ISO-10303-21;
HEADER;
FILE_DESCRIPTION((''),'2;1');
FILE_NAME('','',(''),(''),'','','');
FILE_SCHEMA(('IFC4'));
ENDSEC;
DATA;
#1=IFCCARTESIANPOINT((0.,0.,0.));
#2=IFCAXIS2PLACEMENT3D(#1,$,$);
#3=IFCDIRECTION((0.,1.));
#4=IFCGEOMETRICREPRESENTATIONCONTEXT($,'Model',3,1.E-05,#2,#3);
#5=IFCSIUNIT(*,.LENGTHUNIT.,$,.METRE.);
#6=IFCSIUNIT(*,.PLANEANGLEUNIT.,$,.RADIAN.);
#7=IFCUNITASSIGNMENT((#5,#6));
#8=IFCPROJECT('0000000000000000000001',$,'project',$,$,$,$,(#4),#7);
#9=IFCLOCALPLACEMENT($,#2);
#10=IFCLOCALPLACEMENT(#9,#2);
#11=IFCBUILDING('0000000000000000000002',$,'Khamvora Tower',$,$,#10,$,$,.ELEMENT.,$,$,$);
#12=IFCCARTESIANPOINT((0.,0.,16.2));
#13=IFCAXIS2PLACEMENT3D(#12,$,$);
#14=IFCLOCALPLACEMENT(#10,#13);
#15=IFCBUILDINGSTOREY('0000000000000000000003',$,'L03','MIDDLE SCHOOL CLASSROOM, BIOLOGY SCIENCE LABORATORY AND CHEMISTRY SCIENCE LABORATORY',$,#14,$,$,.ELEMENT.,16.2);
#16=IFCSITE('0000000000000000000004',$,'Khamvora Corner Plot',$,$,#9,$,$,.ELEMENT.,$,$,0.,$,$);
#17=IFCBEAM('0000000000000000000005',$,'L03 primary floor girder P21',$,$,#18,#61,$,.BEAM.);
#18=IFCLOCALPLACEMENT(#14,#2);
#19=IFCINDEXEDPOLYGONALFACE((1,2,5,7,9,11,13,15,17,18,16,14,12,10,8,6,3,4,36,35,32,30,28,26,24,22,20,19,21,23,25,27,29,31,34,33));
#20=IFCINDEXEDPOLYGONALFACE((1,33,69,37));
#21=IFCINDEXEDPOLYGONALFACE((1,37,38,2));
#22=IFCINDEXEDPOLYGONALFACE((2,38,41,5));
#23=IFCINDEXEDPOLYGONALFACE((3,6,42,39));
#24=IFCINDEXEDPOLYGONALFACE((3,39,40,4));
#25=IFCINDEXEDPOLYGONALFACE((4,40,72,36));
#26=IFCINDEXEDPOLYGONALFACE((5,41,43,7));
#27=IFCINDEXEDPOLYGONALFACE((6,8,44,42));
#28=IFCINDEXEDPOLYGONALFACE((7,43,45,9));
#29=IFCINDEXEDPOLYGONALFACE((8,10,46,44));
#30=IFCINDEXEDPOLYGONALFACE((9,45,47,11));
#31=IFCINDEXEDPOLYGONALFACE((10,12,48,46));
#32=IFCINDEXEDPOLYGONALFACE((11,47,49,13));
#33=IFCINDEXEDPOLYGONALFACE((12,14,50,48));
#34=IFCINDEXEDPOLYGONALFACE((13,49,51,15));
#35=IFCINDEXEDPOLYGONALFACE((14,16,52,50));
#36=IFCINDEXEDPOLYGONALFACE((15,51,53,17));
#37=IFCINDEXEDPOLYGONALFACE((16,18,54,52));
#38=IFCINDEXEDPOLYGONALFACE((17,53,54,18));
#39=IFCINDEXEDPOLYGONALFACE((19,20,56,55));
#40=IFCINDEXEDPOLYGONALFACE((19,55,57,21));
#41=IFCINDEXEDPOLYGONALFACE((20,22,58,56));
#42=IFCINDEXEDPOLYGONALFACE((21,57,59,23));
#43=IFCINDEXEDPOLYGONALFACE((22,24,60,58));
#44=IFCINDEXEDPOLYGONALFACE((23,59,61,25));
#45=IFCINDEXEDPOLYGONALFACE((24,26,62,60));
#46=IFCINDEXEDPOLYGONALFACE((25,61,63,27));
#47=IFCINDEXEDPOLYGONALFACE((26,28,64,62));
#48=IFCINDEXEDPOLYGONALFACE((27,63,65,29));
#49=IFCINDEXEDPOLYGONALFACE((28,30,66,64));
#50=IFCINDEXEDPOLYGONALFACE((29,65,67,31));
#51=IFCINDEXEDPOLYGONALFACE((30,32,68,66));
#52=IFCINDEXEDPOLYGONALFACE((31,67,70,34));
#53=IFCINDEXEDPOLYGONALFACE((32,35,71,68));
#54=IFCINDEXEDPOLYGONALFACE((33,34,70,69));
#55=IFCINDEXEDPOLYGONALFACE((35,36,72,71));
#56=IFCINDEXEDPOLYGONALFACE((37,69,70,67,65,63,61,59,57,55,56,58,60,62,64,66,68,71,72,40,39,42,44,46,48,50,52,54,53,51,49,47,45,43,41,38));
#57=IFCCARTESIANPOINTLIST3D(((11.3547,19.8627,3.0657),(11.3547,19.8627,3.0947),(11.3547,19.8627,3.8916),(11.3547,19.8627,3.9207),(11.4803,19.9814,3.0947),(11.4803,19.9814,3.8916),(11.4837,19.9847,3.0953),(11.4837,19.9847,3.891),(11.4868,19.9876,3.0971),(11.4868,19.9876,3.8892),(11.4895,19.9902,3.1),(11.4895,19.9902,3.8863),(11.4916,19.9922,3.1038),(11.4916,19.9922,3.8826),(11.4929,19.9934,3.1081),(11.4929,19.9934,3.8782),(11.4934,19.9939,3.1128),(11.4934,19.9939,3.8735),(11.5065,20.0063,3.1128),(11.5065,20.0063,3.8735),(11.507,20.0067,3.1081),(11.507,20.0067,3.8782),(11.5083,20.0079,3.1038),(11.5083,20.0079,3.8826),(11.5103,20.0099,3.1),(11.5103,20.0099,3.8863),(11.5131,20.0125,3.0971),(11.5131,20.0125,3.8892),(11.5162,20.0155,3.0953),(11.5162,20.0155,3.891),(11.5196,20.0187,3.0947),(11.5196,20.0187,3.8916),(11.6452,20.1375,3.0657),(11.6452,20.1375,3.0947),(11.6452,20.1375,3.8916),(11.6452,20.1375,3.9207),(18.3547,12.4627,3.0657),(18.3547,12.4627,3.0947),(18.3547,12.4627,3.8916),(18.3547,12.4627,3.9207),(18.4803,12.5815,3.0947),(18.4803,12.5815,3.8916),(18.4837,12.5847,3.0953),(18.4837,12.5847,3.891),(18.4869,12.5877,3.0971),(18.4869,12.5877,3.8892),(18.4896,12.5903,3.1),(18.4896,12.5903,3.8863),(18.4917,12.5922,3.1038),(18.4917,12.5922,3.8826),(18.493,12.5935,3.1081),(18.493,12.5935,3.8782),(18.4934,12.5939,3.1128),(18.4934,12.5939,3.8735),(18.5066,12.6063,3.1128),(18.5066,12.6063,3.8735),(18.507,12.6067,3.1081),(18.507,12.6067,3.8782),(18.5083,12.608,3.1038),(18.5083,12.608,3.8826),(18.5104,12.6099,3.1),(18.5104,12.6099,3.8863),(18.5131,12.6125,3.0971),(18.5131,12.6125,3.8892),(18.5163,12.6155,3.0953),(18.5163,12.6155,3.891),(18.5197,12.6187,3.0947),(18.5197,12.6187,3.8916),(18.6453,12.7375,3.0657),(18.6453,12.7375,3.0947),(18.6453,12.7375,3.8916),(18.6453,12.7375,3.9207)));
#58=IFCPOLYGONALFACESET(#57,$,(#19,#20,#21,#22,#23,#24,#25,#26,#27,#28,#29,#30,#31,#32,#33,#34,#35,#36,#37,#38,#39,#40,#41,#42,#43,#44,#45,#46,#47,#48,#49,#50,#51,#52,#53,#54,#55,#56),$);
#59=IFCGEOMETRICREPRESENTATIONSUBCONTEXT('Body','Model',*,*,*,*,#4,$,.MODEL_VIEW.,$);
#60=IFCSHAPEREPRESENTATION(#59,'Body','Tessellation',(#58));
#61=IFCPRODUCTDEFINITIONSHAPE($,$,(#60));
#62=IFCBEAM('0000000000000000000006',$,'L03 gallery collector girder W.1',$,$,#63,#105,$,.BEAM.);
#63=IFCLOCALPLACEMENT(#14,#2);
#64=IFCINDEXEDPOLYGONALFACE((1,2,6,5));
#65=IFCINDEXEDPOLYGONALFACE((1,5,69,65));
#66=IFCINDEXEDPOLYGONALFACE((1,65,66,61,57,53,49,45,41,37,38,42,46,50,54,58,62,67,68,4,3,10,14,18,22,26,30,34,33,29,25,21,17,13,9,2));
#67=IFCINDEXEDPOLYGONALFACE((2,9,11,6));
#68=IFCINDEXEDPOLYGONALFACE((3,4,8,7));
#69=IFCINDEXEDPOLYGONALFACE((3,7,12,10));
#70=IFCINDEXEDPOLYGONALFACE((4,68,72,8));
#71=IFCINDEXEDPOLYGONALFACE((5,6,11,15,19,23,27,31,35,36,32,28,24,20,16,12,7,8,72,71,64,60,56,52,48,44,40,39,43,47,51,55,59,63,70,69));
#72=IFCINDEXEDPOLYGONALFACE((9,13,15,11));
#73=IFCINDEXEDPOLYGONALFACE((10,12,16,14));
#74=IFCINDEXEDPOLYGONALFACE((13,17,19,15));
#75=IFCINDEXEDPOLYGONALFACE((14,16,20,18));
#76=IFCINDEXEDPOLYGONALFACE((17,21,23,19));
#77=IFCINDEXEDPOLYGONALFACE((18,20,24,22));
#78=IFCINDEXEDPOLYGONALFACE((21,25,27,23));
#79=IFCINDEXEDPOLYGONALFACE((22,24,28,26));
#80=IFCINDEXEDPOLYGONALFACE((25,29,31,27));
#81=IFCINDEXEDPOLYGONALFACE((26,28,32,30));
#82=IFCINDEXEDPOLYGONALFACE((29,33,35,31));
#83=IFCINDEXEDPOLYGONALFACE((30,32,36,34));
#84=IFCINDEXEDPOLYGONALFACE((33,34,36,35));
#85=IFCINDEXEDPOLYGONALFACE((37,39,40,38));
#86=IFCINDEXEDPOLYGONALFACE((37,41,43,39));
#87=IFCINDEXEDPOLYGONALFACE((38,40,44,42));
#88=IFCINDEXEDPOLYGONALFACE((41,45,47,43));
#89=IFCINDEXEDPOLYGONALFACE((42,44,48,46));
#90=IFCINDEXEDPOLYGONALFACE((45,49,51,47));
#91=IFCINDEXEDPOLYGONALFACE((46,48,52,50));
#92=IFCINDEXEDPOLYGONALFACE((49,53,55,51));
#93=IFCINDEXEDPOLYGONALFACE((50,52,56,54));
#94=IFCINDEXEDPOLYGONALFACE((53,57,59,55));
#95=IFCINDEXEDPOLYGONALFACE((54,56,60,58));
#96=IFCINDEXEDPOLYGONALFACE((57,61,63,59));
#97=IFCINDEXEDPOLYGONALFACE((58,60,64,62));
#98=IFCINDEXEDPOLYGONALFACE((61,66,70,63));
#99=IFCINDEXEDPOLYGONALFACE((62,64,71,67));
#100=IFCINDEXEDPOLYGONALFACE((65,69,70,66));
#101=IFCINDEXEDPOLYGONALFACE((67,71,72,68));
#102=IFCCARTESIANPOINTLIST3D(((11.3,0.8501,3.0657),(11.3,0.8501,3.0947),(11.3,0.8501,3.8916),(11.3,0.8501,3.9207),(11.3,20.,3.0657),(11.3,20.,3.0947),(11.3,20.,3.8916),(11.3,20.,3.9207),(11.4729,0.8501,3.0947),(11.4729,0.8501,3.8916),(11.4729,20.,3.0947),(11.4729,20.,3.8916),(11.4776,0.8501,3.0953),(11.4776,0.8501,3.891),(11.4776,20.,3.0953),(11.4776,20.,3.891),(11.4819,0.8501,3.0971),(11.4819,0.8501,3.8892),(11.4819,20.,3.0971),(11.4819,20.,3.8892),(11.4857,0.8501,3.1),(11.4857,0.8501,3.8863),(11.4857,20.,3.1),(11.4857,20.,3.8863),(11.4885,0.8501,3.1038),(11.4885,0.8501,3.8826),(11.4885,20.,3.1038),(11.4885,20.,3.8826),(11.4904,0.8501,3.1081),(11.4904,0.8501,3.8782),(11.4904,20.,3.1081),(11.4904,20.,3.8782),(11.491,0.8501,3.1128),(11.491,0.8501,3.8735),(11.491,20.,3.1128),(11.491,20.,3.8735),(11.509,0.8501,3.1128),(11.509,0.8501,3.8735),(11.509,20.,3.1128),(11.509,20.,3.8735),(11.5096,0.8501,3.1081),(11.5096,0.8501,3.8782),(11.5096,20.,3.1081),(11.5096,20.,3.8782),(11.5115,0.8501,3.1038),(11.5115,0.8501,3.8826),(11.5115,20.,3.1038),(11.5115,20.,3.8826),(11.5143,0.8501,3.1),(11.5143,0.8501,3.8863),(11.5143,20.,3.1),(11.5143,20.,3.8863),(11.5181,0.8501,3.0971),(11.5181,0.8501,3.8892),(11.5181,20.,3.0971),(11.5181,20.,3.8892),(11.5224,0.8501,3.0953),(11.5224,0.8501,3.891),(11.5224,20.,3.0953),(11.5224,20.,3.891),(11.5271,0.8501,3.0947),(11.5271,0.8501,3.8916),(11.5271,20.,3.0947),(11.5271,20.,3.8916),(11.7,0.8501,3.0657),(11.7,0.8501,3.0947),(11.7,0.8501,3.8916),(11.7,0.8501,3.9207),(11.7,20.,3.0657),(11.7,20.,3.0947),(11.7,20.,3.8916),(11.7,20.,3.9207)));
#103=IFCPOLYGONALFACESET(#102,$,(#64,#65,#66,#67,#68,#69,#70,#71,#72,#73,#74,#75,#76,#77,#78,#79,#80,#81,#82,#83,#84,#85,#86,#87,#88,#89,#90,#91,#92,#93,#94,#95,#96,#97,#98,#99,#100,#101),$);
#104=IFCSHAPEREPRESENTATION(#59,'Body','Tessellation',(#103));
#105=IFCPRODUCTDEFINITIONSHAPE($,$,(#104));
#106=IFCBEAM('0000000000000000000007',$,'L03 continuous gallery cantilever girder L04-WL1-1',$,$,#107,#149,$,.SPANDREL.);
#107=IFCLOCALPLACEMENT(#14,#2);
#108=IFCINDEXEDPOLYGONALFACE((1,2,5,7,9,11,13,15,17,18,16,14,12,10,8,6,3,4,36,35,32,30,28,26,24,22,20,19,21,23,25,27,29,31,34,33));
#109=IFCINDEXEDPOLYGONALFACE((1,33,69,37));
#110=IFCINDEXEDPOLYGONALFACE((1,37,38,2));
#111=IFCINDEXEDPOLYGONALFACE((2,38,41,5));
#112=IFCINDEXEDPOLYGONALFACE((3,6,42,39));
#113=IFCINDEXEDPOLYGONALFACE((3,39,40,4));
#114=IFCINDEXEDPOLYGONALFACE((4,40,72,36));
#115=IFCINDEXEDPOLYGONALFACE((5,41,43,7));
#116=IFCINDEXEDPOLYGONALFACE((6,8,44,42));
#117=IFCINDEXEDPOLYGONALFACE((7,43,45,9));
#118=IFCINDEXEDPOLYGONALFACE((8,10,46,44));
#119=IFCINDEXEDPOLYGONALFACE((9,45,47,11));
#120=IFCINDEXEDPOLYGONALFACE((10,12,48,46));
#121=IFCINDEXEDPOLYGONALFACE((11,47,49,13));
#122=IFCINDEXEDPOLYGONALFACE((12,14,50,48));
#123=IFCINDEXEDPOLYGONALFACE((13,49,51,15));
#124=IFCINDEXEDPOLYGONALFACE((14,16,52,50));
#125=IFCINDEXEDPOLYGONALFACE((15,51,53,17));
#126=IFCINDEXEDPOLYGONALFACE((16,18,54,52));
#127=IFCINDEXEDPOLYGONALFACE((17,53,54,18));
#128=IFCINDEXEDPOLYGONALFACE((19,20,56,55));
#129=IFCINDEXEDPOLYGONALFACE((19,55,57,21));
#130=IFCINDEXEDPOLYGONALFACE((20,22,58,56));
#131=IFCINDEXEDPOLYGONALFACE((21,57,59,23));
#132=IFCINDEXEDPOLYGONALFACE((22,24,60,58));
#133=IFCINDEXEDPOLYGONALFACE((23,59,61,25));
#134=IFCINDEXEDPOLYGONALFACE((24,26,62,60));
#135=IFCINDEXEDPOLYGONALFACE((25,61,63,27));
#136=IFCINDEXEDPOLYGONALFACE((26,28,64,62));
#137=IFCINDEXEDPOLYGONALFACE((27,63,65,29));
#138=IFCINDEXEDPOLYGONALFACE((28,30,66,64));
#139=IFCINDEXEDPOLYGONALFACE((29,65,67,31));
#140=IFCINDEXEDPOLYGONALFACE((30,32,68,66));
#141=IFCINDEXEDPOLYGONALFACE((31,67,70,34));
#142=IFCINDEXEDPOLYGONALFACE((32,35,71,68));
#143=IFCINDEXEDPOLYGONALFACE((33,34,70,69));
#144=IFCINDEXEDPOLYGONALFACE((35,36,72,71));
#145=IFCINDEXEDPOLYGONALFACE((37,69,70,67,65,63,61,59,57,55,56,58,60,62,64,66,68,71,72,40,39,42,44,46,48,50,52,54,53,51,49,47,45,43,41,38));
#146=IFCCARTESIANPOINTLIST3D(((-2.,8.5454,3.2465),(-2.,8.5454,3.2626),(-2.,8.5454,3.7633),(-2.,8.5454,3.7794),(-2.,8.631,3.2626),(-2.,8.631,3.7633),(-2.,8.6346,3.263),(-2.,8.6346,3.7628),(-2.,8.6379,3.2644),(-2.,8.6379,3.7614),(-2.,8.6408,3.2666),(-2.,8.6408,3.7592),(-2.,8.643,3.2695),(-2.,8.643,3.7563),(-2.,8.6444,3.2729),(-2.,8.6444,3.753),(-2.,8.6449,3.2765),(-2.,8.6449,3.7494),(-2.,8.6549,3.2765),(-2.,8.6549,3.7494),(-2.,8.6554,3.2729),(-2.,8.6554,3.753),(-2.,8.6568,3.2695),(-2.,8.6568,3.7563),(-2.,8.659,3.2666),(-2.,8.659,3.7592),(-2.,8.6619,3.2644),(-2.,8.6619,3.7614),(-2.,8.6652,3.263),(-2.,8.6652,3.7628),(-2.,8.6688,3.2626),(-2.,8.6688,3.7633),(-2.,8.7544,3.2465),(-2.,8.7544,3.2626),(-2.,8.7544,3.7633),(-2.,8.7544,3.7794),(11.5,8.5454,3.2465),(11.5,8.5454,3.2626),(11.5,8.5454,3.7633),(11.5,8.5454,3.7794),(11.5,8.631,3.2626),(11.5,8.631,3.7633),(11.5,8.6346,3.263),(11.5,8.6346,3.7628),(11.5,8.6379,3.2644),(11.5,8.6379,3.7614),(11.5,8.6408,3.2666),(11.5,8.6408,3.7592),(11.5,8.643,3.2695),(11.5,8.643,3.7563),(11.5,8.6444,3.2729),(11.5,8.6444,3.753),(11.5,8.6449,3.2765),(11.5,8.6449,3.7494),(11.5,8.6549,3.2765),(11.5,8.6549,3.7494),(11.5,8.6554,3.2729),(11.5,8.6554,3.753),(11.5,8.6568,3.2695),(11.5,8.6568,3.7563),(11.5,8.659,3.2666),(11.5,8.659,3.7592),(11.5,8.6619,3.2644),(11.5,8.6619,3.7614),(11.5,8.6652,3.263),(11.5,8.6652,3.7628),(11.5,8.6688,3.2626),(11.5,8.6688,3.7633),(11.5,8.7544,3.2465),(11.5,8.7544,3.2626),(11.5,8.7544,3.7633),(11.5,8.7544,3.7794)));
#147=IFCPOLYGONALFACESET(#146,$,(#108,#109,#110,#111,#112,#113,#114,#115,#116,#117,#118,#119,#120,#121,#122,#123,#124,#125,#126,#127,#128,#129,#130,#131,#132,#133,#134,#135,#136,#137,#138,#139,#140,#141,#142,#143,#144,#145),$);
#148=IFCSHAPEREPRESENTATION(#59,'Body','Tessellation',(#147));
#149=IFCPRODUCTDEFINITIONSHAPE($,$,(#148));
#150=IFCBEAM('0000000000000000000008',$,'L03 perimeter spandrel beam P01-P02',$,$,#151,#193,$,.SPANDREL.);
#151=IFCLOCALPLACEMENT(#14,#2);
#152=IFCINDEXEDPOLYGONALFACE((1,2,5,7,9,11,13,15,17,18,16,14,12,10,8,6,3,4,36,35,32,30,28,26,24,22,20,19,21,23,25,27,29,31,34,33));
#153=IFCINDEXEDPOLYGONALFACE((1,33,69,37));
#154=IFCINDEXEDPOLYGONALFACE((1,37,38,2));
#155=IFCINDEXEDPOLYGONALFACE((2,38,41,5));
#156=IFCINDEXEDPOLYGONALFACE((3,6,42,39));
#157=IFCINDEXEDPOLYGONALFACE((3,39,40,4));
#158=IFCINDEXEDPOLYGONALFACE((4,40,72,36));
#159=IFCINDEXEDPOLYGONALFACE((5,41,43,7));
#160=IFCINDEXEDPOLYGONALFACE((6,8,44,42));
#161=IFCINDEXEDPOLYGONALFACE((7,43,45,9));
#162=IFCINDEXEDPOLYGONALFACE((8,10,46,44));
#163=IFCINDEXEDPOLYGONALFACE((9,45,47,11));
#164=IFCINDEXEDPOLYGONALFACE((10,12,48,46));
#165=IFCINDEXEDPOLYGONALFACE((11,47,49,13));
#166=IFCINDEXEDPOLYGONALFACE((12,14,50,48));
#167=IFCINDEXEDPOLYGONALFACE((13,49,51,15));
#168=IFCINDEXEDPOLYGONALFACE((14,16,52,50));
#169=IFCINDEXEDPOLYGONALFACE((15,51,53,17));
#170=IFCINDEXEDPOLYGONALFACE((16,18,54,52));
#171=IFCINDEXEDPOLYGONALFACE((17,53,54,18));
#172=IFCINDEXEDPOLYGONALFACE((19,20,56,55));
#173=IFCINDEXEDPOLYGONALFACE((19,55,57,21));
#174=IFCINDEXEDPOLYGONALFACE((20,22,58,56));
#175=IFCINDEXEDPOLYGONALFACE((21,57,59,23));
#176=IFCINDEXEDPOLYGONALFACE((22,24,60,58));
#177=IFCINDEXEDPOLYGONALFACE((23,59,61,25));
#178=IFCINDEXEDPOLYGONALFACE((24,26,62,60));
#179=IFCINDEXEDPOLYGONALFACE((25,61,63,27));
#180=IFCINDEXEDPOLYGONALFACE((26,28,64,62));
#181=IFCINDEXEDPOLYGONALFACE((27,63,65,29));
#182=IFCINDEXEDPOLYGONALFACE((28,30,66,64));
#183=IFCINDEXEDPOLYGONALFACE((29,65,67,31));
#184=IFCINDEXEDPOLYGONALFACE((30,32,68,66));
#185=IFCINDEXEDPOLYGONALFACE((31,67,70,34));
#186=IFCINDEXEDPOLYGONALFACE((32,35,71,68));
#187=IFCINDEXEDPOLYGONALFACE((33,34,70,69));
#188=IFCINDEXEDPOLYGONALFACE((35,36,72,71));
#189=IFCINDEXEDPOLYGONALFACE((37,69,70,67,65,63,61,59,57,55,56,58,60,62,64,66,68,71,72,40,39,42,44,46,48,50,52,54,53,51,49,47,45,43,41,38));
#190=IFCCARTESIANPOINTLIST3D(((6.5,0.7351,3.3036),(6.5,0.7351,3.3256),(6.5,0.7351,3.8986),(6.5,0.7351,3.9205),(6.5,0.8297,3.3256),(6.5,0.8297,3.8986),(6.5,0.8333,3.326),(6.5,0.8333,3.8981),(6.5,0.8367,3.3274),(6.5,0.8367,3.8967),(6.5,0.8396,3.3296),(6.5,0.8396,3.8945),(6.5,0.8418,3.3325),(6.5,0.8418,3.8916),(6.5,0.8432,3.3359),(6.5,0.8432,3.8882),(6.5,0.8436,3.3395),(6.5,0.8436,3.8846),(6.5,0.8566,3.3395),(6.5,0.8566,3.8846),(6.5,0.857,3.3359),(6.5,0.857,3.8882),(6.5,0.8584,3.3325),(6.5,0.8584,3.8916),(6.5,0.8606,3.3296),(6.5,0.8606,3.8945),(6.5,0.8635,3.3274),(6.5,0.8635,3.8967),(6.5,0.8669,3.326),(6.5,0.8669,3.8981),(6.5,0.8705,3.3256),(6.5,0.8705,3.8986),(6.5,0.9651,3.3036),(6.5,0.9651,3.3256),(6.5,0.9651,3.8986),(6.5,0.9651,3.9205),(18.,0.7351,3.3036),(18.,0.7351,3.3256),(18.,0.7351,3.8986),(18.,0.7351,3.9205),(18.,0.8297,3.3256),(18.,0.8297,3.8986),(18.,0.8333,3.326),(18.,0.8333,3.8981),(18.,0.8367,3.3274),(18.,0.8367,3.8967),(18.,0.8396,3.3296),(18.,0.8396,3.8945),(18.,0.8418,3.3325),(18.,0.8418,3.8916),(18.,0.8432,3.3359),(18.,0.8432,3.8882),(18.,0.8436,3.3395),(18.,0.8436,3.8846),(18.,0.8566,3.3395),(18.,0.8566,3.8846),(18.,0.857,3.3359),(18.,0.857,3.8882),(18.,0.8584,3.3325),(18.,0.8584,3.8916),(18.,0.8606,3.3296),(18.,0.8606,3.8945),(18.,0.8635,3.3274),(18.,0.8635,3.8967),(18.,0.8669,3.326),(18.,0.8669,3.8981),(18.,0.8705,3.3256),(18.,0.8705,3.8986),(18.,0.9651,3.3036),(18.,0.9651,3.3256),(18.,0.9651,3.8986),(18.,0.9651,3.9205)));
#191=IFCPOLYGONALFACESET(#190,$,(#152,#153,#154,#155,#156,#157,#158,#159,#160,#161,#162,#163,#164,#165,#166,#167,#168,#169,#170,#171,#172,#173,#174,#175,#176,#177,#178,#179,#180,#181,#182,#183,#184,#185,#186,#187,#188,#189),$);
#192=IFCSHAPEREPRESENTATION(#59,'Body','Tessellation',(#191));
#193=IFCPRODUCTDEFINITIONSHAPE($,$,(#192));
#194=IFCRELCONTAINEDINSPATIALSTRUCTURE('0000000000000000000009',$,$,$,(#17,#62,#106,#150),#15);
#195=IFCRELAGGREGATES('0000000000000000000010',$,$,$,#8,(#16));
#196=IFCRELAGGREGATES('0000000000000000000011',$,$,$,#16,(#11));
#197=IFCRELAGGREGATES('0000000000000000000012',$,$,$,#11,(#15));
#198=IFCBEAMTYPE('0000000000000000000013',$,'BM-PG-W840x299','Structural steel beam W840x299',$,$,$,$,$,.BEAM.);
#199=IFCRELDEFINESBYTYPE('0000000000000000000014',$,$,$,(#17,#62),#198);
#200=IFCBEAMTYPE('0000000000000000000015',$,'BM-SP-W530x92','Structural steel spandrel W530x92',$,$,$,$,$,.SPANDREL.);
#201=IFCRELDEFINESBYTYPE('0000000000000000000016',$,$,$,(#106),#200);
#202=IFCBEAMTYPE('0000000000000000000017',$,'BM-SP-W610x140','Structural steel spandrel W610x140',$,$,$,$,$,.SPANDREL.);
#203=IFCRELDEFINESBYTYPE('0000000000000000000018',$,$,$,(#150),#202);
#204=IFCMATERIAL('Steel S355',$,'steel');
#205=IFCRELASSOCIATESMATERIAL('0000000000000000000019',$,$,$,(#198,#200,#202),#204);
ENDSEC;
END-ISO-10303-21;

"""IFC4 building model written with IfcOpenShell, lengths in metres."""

from ifc_helpers import new_model, si_unit, direction, frame, origin, origin_2d, place, context, subcontext, project, spatial, i_section, extrude, material, material_profile, profile_set, type_object, element, save


model = new_model("IFC4")

# Units and contexts
model_context = context("Model", 3, precision=1e-05, world=origin(), true_north=direction((0.0, 1.0)))
body_context = subcontext(model_context, "Body", "Model", "MODEL_VIEW")
ifc_project = project(units=[si_unit("LENGTHUNIT", "METRE"), si_unit("PLANEANGLEUNIT", "RADIAN")], contexts=[model_context])

# Site, building, storey
site_placement = place(None, origin())
site = spatial("IfcSite", under=ifc_project, at=site_placement, Name="Khamvora Corner Plot", CompositionType="ELEMENT", RefElevation=0.0)
building_placement = place(site_placement, origin())
building = spatial("IfcBuilding", under=site, at=building_placement, Name="Khamvora Tower", CompositionType="ELEMENT")
storey_placement = place(building_placement, frame((0.0, 0.0, 16.2)))
storey = spatial("IfcBuildingStorey", under=building, at=storey_placement, Name="L03", Description="MIDDLE SCHOOL CLASSROOM, BIOLOGY SCIENCE LABORATORY AND CHEMISTRY SCIENCE LABORATORY", CompositionType="ELEMENT", Elevation=16.2)

# Beams
ifc_material_1 = material(Name="Steel S355", Category="steel")
ifc_material_profile_1 = material_profile(ifc_material_1, i_section(OverallWidth=0.3999, OverallDepth=0.855, WebThickness=0.0181, FlangeThickness=0.0291, FilletRadius=0.0181, at=origin_2d()), Name="W840x299")
ifc_profile_set_1 = profile_set([ifc_material_profile_1], Name="Steel S355")
beam_type_1 = type_object("IfcBeamType", Name="BM-PG-W840x299", Description="Structural steel beam W840x299", PredefinedType="BEAM", material=ifc_profile_set_1)
beam_1_placement = place(storey_placement, frame((18.5, 12.6001, 3.4932), z_axis=(-0.687205, 0.726464, 0.0), x_axis=(-0.726464, -0.687205, 0.0)))
element("IfcBeam", 1, at=beam_1_placement, inside=storey, type_object=beam_type_1, Name="L03 primary floor girder P21", PredefinedType="BEAM", context=body_context, shape_type="SweptSolid", body=[
    extrude(i_section(OverallWidth=0.3999, OverallDepth=0.855, WebThickness=0.0181, FlangeThickness=0.0291, FilletRadius=0.0181, at=origin_2d()), origin(), (0.0, 0.0, 1.0), 10.1863),
])
beam_2_placement = place(storey_placement, frame((11.5, 0.8501, 3.4932), z_axis=(0.0, 1.0, 0.0), x_axis=(-1.0, 0.0, 0.0)))
element("IfcBeam", 2, at=beam_2_placement, inside=storey, type_object=beam_type_1, Name="L03 gallery collector girder W.1", PredefinedType="BEAM", context=body_context, shape_type="SweptSolid", body=[
    extrude(i_section(OverallWidth=0.3999, OverallDepth=0.855, WebThickness=0.0181, FlangeThickness=0.0291, FilletRadius=0.0181, at=origin_2d()), origin(), (0.0, 0.0, 1.0), 19.1499),
])
ifc_material_profile_2 = material_profile(ifc_material_1, i_section(OverallWidth=0.209, OverallDepth=0.533, WebThickness=0.01, FlangeThickness=0.0161, FilletRadius=0.0139, at=origin_2d()), Name="W530x92")
ifc_profile_set_2 = profile_set([ifc_material_profile_2], Name="Steel S355")
beam_type_2 = type_object("IfcBeamType", Name="BM-SP-W530x92", Description="Structural steel spandrel W530x92", PredefinedType="SPANDREL", material=ifc_profile_set_2)
beam_3_placement = place(storey_placement, frame((11.5, 8.6499, 3.5129), z_axis=(-1.0, 0.0, 0.0), x_axis=(0.0, -1.0, 0.0)))
element("IfcBeam", 3, at=beam_3_placement, inside=storey, type_object=beam_type_2, Name="L03 continuous gallery cantilever girder L04-WL1-1", PredefinedType="SPANDREL", context=body_context, shape_type="SweptSolid", body=[
    extrude(i_section(OverallWidth=0.209, OverallDepth=0.533, WebThickness=0.01, FlangeThickness=0.0161, FilletRadius=0.0139, at=origin_2d()), origin(), (0.0, 0.0, 1.0), 13.5),
])
ifc_material_profile_3 = material_profile(ifc_material_1, i_section(OverallWidth=0.23, OverallDepth=0.6169, WebThickness=0.0129, FlangeThickness=0.022, FilletRadius=0.0139, at=origin_2d()), Name="W610x140")
ifc_profile_set_3 = profile_set([ifc_material_profile_3], Name="Steel S355")
beam_type_3 = type_object("IfcBeamType", Name="BM-SP-W610x140", Description="Structural steel spandrel W610x140", PredefinedType="SPANDREL", material=ifc_profile_set_3)
beam_4_placement = place(storey_placement, frame((6.5, 0.8501, 3.6121), z_axis=(1.0, 0.0, 0.0), x_axis=(0.0, 1.0, 0.0)))
element("IfcBeam", 4, at=beam_4_placement, inside=storey, type_object=beam_type_3, Name="L03 perimeter spandrel beam P01-P02", PredefinedType="SPANDREL", context=body_context, shape_type="SweptSolid", body=[
    extrude(i_section(OverallWidth=0.23, OverallDepth=0.6169, WebThickness=0.0129, FlangeThickness=0.022, FilletRadius=0.0139, at=origin_2d()), origin(), (0.0, 0.0, 1.0), 11.5),
])

save(model, "model.ifc")
